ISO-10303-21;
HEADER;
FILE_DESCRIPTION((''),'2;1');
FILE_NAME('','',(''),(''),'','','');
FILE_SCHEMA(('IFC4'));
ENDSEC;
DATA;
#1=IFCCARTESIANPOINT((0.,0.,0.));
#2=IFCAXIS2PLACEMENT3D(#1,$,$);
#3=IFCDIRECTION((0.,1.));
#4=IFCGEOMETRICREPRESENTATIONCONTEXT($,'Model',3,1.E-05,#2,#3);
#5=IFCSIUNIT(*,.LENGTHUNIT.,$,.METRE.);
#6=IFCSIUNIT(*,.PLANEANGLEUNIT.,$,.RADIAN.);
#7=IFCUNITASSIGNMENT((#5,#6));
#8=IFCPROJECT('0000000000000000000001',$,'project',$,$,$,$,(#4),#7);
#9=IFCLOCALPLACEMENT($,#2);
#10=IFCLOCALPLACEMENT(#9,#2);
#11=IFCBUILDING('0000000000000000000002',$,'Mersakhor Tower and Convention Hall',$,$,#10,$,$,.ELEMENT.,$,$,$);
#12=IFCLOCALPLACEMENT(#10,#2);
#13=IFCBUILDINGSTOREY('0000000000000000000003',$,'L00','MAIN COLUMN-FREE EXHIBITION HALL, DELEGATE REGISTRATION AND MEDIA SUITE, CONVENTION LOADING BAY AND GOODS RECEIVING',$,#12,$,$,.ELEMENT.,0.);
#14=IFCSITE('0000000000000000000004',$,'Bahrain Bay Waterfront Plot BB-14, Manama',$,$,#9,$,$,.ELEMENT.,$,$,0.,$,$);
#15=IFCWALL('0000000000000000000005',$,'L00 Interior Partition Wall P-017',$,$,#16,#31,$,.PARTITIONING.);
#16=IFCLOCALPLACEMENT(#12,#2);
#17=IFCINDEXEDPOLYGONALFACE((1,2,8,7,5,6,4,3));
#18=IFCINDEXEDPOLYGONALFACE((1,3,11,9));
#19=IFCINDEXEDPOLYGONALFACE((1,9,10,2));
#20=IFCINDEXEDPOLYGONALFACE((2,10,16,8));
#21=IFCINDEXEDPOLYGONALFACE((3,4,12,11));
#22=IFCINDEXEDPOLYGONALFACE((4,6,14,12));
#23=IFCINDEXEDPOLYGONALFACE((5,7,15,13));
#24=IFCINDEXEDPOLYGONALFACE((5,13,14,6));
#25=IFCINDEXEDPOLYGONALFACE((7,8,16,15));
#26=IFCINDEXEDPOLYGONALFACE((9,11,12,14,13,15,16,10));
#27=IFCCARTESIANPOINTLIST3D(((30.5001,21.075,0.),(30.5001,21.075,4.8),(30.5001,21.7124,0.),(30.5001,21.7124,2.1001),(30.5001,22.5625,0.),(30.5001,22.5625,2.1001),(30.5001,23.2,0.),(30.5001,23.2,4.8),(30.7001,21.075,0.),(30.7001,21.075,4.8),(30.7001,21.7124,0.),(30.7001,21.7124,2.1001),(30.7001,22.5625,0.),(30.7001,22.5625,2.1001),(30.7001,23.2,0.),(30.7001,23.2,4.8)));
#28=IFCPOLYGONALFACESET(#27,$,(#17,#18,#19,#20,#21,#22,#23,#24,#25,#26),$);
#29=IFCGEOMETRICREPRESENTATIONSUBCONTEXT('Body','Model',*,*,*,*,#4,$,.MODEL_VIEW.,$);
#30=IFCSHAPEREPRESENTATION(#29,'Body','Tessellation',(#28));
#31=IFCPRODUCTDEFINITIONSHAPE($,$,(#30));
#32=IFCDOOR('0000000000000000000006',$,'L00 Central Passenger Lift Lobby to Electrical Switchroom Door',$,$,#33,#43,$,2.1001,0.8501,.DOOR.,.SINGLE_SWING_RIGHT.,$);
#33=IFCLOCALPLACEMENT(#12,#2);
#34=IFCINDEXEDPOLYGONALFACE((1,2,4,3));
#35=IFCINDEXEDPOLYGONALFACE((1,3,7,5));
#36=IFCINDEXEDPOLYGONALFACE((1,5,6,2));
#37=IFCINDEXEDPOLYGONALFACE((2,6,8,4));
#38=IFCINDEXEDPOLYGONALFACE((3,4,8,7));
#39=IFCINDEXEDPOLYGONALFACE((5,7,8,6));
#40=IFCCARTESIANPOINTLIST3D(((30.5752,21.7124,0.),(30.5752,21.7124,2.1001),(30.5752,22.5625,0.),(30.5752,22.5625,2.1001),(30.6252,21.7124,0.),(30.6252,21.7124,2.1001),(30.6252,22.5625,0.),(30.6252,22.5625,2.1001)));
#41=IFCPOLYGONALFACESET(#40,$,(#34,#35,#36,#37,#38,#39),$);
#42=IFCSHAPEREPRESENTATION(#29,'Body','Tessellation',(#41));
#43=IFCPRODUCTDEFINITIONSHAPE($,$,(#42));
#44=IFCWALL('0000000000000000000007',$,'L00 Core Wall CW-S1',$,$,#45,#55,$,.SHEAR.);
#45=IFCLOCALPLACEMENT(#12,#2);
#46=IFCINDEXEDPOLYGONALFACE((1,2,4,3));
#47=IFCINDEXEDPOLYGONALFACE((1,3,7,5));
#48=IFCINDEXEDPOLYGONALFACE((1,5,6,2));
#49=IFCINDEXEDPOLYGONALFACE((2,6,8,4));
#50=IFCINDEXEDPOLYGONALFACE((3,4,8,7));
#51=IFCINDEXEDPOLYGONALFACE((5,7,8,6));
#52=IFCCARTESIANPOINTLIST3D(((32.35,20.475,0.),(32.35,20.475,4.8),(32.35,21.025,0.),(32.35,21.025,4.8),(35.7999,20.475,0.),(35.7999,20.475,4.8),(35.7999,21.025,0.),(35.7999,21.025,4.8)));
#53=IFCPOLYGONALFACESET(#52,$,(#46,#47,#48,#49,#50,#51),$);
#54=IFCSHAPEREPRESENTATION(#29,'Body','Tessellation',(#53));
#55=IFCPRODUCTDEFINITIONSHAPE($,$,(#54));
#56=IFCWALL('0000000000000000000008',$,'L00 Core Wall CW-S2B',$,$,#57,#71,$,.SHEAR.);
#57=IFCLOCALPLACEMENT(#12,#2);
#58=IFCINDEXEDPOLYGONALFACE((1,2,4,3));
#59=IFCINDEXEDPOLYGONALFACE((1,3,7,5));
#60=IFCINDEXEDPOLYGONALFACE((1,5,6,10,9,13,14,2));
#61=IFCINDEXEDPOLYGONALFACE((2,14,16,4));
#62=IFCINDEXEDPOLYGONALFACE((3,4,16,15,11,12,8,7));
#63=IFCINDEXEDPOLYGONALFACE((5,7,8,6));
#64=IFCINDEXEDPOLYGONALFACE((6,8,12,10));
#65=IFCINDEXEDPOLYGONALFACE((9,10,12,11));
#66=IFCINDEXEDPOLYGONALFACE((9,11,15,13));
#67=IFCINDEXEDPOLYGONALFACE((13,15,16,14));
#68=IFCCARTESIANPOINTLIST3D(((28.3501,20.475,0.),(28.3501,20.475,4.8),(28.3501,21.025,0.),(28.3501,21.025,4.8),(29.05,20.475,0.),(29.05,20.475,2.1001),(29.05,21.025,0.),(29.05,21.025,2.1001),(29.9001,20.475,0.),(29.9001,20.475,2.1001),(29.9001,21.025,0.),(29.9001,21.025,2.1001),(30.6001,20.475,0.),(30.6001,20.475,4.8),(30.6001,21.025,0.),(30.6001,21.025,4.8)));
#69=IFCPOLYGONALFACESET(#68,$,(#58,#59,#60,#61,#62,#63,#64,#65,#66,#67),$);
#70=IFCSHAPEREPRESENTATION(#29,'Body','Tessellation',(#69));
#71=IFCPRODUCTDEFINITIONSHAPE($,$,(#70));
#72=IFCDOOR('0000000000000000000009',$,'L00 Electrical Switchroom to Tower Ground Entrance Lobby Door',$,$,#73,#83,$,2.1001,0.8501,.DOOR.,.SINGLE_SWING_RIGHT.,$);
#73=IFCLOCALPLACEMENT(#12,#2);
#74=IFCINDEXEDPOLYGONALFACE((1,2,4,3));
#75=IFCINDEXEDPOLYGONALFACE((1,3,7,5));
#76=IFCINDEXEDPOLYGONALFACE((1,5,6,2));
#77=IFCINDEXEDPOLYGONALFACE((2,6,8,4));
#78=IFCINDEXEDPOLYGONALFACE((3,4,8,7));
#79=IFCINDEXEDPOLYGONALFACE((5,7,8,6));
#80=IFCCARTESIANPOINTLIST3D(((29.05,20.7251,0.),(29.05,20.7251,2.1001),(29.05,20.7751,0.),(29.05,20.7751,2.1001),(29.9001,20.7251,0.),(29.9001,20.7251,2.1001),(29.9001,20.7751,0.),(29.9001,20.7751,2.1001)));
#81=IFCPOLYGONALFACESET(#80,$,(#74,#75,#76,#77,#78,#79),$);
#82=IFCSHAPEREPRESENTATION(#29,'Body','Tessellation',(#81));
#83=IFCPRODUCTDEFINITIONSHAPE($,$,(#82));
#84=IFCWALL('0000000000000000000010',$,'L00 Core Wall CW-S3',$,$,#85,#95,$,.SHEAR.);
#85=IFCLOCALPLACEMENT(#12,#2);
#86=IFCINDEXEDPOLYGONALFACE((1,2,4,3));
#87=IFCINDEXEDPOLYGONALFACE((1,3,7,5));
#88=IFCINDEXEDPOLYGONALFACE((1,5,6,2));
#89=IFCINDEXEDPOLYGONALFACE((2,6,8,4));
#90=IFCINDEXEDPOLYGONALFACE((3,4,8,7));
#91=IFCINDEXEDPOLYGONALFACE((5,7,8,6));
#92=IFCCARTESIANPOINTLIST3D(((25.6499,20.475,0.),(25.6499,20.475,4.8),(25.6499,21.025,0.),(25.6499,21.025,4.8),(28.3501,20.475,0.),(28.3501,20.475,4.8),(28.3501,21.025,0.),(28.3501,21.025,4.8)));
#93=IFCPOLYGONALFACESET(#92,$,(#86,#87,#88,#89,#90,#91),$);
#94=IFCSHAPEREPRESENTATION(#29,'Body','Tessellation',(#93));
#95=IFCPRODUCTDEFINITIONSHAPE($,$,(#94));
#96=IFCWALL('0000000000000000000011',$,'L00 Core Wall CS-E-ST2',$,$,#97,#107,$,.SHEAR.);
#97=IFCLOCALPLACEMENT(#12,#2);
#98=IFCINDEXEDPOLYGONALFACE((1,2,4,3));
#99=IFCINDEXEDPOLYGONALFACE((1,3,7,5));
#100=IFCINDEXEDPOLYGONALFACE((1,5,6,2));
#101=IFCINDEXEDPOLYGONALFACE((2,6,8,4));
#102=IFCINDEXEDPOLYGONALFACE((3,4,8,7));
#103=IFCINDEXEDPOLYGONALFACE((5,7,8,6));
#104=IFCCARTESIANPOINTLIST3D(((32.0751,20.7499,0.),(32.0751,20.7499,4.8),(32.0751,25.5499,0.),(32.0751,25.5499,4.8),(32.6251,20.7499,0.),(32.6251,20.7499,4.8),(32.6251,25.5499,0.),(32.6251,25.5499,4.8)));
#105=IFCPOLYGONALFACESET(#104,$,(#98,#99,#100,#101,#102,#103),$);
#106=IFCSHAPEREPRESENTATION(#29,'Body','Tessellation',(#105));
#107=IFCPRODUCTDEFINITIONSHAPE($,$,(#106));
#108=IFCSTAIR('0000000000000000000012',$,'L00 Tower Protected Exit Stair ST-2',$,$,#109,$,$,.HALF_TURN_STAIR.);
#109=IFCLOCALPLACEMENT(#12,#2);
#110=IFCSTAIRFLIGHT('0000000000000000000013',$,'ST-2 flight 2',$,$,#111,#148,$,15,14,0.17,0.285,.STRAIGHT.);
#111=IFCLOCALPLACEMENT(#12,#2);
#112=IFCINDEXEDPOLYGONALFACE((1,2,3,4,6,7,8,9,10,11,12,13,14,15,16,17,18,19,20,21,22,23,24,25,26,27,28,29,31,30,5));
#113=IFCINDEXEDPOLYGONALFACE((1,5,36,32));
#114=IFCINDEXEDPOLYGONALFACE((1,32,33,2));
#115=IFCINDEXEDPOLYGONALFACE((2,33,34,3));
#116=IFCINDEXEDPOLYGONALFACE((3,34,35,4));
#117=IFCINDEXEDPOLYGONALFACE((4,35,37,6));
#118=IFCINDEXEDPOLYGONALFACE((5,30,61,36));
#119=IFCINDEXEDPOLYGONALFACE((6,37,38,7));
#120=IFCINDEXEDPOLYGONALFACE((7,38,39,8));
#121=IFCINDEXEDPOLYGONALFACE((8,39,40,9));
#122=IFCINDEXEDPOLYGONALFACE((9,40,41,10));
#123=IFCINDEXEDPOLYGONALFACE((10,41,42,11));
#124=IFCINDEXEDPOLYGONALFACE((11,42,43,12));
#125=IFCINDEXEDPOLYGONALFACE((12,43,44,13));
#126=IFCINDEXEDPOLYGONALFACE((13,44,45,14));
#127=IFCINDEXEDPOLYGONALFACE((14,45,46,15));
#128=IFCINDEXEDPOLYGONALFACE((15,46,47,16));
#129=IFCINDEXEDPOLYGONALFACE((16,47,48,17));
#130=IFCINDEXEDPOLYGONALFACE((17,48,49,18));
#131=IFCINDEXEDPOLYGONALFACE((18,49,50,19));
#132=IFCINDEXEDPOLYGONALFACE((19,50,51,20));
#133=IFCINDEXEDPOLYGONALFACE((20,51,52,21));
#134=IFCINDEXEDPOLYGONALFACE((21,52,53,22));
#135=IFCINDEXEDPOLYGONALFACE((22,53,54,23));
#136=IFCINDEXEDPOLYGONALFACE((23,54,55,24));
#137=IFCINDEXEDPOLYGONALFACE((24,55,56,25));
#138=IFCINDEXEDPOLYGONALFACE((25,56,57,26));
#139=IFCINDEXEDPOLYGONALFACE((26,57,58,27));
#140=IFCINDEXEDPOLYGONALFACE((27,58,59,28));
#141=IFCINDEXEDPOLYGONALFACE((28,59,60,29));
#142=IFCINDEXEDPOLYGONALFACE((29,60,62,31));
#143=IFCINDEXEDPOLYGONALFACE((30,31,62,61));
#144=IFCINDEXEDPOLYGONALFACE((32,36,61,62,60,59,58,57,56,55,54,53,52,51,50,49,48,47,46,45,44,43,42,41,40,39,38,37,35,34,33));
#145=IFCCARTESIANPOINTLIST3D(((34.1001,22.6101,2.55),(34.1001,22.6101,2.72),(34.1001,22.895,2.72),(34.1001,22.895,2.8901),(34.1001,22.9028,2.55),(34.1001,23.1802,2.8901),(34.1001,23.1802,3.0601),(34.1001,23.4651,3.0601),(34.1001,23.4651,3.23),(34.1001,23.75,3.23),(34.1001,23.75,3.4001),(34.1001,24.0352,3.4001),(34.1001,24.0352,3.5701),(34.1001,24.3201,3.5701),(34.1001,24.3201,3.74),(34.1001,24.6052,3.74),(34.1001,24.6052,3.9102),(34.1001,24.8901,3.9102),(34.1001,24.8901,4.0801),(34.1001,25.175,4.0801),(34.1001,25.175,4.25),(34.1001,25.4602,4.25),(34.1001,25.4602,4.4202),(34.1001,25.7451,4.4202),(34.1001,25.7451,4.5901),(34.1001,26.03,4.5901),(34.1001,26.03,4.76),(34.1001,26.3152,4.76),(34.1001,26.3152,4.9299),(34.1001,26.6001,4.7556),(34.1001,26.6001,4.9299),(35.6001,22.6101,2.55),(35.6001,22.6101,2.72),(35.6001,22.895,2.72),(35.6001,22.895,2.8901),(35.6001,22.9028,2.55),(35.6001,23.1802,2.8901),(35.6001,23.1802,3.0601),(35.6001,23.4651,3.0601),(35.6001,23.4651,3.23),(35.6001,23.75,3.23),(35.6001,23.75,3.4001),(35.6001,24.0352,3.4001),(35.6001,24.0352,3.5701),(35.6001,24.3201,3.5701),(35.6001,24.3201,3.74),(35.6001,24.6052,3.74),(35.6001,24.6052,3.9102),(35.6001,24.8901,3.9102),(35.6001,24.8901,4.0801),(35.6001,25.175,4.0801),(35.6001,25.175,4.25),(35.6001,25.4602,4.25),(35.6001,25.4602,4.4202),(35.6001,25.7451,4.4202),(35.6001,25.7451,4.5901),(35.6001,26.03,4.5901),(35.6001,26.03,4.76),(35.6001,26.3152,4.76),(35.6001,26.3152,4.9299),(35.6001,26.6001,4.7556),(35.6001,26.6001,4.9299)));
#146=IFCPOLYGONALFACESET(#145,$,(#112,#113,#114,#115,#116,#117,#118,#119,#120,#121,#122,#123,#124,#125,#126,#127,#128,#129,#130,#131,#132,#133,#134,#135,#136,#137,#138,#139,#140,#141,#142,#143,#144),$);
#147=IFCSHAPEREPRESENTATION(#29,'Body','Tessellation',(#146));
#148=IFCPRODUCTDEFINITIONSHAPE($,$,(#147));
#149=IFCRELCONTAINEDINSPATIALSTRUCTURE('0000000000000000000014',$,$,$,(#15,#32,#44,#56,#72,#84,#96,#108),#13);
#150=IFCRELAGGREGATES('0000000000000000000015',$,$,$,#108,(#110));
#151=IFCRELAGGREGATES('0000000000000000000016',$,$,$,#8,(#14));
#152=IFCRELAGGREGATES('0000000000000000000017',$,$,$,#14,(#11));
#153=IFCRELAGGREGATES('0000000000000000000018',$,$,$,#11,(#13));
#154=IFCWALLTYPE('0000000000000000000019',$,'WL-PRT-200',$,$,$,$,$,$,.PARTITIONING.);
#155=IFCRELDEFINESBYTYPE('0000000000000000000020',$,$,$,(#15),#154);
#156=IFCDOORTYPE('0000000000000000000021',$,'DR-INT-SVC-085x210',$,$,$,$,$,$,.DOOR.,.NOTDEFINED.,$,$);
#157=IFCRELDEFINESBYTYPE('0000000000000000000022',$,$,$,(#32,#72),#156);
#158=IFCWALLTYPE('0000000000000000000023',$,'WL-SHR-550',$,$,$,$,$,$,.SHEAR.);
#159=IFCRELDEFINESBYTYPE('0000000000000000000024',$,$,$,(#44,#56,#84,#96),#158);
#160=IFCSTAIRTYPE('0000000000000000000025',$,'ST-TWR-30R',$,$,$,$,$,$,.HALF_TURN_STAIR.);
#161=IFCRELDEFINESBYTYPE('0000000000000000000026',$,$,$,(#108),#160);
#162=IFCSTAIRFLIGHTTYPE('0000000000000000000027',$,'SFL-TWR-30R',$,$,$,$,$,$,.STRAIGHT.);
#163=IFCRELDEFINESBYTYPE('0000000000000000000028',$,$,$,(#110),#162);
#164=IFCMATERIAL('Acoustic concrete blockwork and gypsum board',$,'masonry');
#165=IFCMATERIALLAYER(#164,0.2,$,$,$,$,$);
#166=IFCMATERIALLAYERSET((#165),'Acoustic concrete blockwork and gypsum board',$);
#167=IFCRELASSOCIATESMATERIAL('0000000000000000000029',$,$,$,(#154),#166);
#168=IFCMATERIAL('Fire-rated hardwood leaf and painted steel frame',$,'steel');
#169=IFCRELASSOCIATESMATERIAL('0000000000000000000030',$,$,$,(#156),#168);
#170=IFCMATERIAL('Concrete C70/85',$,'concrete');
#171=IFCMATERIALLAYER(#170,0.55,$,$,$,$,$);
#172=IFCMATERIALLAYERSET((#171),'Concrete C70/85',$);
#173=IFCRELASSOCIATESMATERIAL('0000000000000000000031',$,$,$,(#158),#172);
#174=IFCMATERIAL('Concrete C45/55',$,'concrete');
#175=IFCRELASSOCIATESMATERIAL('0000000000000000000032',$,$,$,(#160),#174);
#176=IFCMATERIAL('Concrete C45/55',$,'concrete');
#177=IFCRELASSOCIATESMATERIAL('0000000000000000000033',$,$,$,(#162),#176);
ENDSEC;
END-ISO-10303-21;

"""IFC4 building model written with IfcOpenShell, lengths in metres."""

from ifc_helpers import new_model, si_unit, direction, frame, frame_2d, origin, place, context, subcontext, project, spatial, polyline, rectangle, outline, extrude, material, layer, layer_set, type_object, element, fill, aggregate, save


model = new_model("IFC4")

# Units and contexts
model_context = context("Model", 3, precision=1e-05, world=origin(), true_north=direction((0.0, 1.0)))
body_context = subcontext(model_context, "Body", "Model", "MODEL_VIEW")
ifc_project = project(units=[si_unit("LENGTHUNIT", "METRE"), si_unit("PLANEANGLEUNIT", "RADIAN")], contexts=[model_context])

# Site, building, storey
site_placement = place(None, origin())
site = spatial("IfcSite", under=ifc_project, at=site_placement, Name="Bahrain Bay Waterfront Plot BB-14, Manama", CompositionType="ELEMENT", RefElevation=0.0)
building_placement = place(site_placement, origin())
building = spatial("IfcBuilding", under=site, at=building_placement, Name="Mersakhor Tower and Convention Hall", CompositionType="ELEMENT")
storey_placement = place(building_placement, origin())
storey = spatial("IfcBuildingStorey", under=building, at=storey_placement, Name="L00", Description="MAIN COLUMN-FREE EXHIBITION HALL, DELEGATE REGISTRATION AND MEDIA SUITE, CONVENTION LOADING BAY AND GOODS RECEIVING", CompositionType="ELEMENT", Elevation=0.0)

# Shared definitions
ifc_material_1 = material(Name="Acoustic concrete blockwork and gypsum board", Category="masonry")
ifc_layer_1 = layer(ifc_material_1, 0.2)
ifc_layer_set_1 = layer_set([ifc_layer_1], Name="Acoustic concrete blockwork and gypsum board")
wall_type_1 = type_object("IfcWallType", Name="WL-PRT-200", PredefinedType="PARTITIONING", material=ifc_layer_set_1)

# Wall, opening, door
wall_1_placement = place(storey_placement, frame((30.6001, 21.075, 0.0), z_axis=(0.0, 0.0, 1.0), x_axis=(0.0, 1.0, 0.0)))
wall_1 = element("IfcWall", 1, at=wall_1_placement, inside=storey, type_object=wall_type_1, Name="L00 Interior Partition Wall P-017", PredefinedType="PARTITIONING", context=body_context, shape_type="SweptSolid", body=[
    extrude(rectangle(XDim=2.125, YDim=0.2, at=frame_2d((1.0625, 0.0))), origin(), (0.0, 0.0, 1.0), 4.8),
])
opening_1_placement = place(wall_1_placement, frame((0.6375, 0.0, 0.0)))
opening_1 = element("IfcOpeningElement", 2, at=opening_1_placement, cuts=wall_1, PredefinedType="OPENING", context=body_context, shape_type="SweptSolid", body=[
    extrude(rectangle(XDim=0.8501, YDim=2.1001, at=frame_2d((0.425, 1.05))), frame((0.0, 0.1099, 0.0), z_axis=(0.0, -1.0, 0.0), x_axis=(1.0, 0.0, 0.0)), (0.0, 0.0, 1.0), 0.22),
])
ifc_material_2 = material(Name="Fire-rated hardwood leaf and painted steel frame", Category="steel")
door_type_1 = type_object("IfcDoorType", Name="DR-INT-SVC-085x210", OperationType="NOTDEFINED", PredefinedType="DOOR", material=ifc_material_2)
door_1_placement = place(opening_1_placement, origin())
door_1 = element("IfcDoor", 3, at=door_1_placement, inside=storey, type_object=door_type_1, Name="L00 Central Passenger Lift Lobby to Electrical Switchroom Door", OperationType="SINGLE_SWING_RIGHT", OverallHeight=2.1001, OverallWidth=0.8501, PredefinedType="DOOR", context=body_context, shape_type="SweptSolid", body=[
    extrude(rectangle(XDim=0.8501, YDim=2.1001, at=frame_2d((0.425, 1.05))), frame((0.0, 0.0249, 0.0), z_axis=(0.0, -1.0, 0.0), x_axis=(1.0, 0.0, 0.0)), (0.0, 0.0, 1.0), 0.05),
])
fill(opening_1, door_1)

# Wall
ifc_material_3 = material(Name="Concrete C70/85", Category="concrete")
ifc_layer_2 = layer(ifc_material_3, 0.55)
ifc_layer_set_2 = layer_set([ifc_layer_2], Name="Concrete C70/85")
wall_type_2 = type_object("IfcWallType", Name="WL-SHR-550", PredefinedType="SHEAR", material=ifc_layer_set_2)
wall_2_placement = place(storey_placement, frame((35.8, 20.75, 0.0), z_axis=(0.0, 0.0, 1.0), x_axis=(-1.0, 0.0, 0.0)))
element("IfcWall", 4, at=wall_2_placement, inside=storey, type_object=wall_type_2, Name="L00 Core Wall CW-S1", PredefinedType="SHEAR", context=body_context, shape_type="SweptSolid", body=[
    extrude(rectangle(XDim=3.45, YDim=0.55, at=frame_2d((1.7251, 0.0))), origin(), (0.0, 0.0, 1.0), 4.8),
])

# Wall, opening, door
wall_3_placement = place(storey_placement, frame((30.6001, 20.75, 0.0), z_axis=(0.0, 0.0, 1.0), x_axis=(-1.0, 0.0, 0.0)))
wall_3 = element("IfcWall", 5, at=wall_3_placement, inside=storey, type_object=wall_type_2, Name="L00 Core Wall CW-S2B", PredefinedType="SHEAR", context=body_context, shape_type="SweptSolid", body=[
    extrude(rectangle(XDim=2.25, YDim=0.55, at=frame_2d((1.125, 0.0))), origin(), (0.0, 0.0, 1.0), 4.8),
])
opening_2_placement = place(wall_3_placement, frame((0.7, 0.0, 0.0)))
opening_2 = element("IfcOpeningElement", 6, at=opening_2_placement, cuts=wall_3, PredefinedType="OPENING", context=body_context, shape_type="SweptSolid", body=[
    extrude(rectangle(XDim=0.8501, YDim=2.1001, at=frame_2d((0.425, 1.05))), frame((0.0, 0.2849, 0.0), z_axis=(0.0, -1.0, 0.0), x_axis=(1.0, 0.0, 0.0)), (0.0, 0.0, 1.0), 0.5701),
])
door_2_placement = place(opening_2_placement, origin())
door_2 = element("IfcDoor", 7, at=door_2_placement, inside=storey, type_object=door_type_1, Name="L00 Electrical Switchroom to Tower Ground Entrance Lobby Door", OperationType="SINGLE_SWING_RIGHT", OverallHeight=2.1001, OverallWidth=0.8501, PredefinedType="DOOR", context=body_context, shape_type="SweptSolid", body=[
    extrude(rectangle(XDim=0.8501, YDim=2.1001, at=frame_2d((0.425, 1.05))), frame((0.0, 0.0249, 0.0), z_axis=(0.0, -1.0, 0.0), x_axis=(1.0, 0.0, 0.0)), (0.0, 0.0, 1.0), 0.05),
])
fill(opening_2, door_2)

# Walls
wall_4_placement = place(storey_placement, frame((28.3501, 20.75, 0.0), z_axis=(0.0, 0.0, 1.0), x_axis=(-1.0, 0.0, 0.0)))
element("IfcWall", 8, at=wall_4_placement, inside=storey, type_object=wall_type_2, Name="L00 Core Wall CW-S3", PredefinedType="SHEAR", context=body_context, shape_type="SweptSolid", body=[
    extrude(rectangle(XDim=2.7002, YDim=0.55, at=frame_2d((1.3501, 0.0))), origin(), (0.0, 0.0, 1.0), 4.8),
])
wall_5_placement = place(storey_placement, frame((32.3501, 20.75, 0.0), z_axis=(0.0, 0.0, 1.0), x_axis=(0.0, 1.0, 0.0)))
element("IfcWall", 9, at=wall_5_placement, inside=storey, type_object=wall_type_2, Name="L00 Core Wall CS-E-ST2", PredefinedType="SHEAR", context=body_context, shape_type="SweptSolid", body=[
    extrude(rectangle(XDim=4.8, YDim=0.55, at=frame_2d((2.3999, 0.0))), origin(), (0.0, 0.0, 1.0), 4.8),
])

# Stair, stair flight
ifc_material_4 = material(Name="Concrete C45/55", Category="concrete")
stair_type = type_object("IfcStairType", Name="ST-TWR-30R", PredefinedType="HALF_TURN_STAIR", material=ifc_material_4)
stair_placement = place(storey_placement, origin())
stair = element("IfcStair", 10, at=stair_placement, inside=storey, type_object=stair_type, Name="L00 Tower Protected Exit Stair ST-2", PredefinedType="HALF_TURN_STAIR")
ifc_material_5 = material(Name="Concrete C45/55", Category="concrete")
stair_flight_type = type_object("IfcStairFlightType", Name="SFL-TWR-30R", PredefinedType="STRAIGHT", material=ifc_material_5)
stair_flight_placement = place(storey_placement, frame((34.8501, 22.6101, 2.55), z_axis=(0.0, 0.0, 1.0), x_axis=(0.0, 1.0, 0.0)))
stair_flight = element("IfcStairFlight", 11, at=stair_flight_placement, type_object=stair_flight_type, Name="ST-2 flight 2", NumberOfRisers=15, NumberOfTreads=14, PredefinedType="STRAIGHT", RiserHeight=0.17, TreadLength=0.285, context=body_context, shape_type="SweptSolid", body=[
    extrude(outline(polyline([(0.0, 0.0), (0.0, 0.1699), (0.2849, 0.1699), (0.2849, 0.3401), (0.5701, 0.3401), (0.5701, 0.51), (0.855, 0.51), (0.855, 0.6799), (1.1399, 0.6799), (1.1399, 0.8501), (1.425, 0.8501), (1.425, 1.02), (1.71, 1.02), (1.71, 1.1899), (1.9951, 1.1899), (1.9951, 1.3601), (2.28, 1.3601), (2.28, 1.53), (2.5649, 1.53), (2.5649, 1.7), (2.8501, 1.7), (2.8501, 1.8701), (3.135, 1.8701), (3.135, 2.04), (3.4199, 2.04), (3.4199, 2.21), (3.7051, 2.21), (3.7051, 2.3799), (3.99, 2.3799), (3.99, 2.55), (3.99, 2.2056), (0.2927, 0.0), (0.0, 0.0)])), frame((0.0, 0.75, 0.0), z_axis=(0.0, -1.0, 0.0), x_axis=(1.0, 0.0, 0.0)), (0.0, 0.0, 1.0), 1.5),
])
aggregate(stair, [stair_flight])

save(model, "model.ifc")
